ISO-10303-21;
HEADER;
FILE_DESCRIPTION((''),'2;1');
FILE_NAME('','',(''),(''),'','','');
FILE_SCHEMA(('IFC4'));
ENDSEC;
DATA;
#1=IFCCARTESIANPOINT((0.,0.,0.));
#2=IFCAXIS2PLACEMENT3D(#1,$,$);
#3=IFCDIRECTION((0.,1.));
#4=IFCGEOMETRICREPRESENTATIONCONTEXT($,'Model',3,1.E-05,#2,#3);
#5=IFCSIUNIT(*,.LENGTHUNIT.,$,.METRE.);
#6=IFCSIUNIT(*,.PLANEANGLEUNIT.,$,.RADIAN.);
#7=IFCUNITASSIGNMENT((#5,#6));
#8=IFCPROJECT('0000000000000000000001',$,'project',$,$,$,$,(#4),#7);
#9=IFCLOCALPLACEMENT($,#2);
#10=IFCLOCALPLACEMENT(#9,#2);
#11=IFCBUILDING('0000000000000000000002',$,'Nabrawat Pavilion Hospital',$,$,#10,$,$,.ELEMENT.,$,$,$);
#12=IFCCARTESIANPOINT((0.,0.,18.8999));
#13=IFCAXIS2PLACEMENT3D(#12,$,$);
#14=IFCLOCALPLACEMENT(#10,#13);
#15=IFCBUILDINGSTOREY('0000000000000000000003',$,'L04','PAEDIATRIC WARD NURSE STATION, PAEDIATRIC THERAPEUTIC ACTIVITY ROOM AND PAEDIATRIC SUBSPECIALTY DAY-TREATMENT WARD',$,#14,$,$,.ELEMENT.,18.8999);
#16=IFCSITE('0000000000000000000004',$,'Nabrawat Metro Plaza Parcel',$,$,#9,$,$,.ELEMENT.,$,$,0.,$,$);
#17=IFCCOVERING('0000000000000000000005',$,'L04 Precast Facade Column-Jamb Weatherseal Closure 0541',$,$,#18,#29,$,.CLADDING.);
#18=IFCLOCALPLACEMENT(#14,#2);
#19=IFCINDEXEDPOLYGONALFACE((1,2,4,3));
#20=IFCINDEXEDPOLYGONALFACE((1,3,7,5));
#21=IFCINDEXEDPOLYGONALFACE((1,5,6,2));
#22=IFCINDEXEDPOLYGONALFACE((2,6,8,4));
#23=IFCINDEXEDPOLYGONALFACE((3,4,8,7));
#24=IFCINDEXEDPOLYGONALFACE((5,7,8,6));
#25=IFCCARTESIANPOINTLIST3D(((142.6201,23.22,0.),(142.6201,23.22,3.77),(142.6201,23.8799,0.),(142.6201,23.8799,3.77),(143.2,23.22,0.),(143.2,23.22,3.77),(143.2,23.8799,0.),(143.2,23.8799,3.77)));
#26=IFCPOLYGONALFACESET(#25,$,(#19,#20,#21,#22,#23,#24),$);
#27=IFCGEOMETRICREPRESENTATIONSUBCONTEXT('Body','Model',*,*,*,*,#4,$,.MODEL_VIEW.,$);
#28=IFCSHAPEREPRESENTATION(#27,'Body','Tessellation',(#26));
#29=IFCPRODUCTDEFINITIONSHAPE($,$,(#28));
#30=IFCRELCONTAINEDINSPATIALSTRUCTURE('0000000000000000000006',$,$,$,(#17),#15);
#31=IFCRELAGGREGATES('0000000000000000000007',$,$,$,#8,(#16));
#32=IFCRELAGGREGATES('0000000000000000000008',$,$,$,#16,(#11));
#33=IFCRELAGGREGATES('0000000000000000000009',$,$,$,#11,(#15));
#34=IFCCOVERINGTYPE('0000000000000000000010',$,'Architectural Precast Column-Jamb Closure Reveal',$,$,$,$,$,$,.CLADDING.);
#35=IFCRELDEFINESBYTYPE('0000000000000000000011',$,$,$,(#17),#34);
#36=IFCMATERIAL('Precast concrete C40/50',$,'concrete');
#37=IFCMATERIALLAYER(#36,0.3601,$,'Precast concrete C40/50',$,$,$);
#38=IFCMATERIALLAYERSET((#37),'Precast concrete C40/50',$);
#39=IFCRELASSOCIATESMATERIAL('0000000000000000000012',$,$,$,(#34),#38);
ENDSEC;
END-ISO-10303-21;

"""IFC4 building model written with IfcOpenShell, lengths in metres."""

from ifc_helpers import new_model, si_unit, direction, frame, origin, place, context, subcontext, project, spatial, polyline, outline, extrude, material, layer, layer_set, type_object, element, save


model = new_model("IFC4")

# Units and contexts
model_context = context("Model", 3, precision=1e-05, world=origin(), true_north=direction((0.0, 1.0)))
body_context = subcontext(model_context, "Body", "Model", "MODEL_VIEW")
ifc_project = project(units=[si_unit("LENGTHUNIT", "METRE"), si_unit("PLANEANGLEUNIT", "RADIAN")], contexts=[model_context])

# Site, building, storey
site_placement = place(None, origin())
site = spatial("IfcSite", under=ifc_project, at=site_placement, Name="Nabrawat Metro Plaza Parcel", CompositionType="ELEMENT", RefElevation=0.0)
building_placement = place(site_placement, origin())
building = spatial("IfcBuilding", under=site, at=building_placement, Name="Nabrawat Pavilion Hospital", CompositionType="ELEMENT")
storey_placement = place(building_placement, frame((0.0, 0.0, 18.8999)))
storey = spatial("IfcBuildingStorey", under=building, at=storey_placement, Name="L04", Description="PAEDIATRIC WARD NURSE STATION, PAEDIATRIC THERAPEUTIC ACTIVITY ROOM AND PAEDIATRIC SUBSPECIALTY DAY-TREATMENT WARD", CompositionType="ELEMENT", Elevation=18.8999)

# Covering
ifc_material_1 = material(Name="Precast concrete C40/50", Category="concrete")
ifc_layer_1 = layer(ifc_material_1, 0.3601, Name="Precast concrete C40/50")
ifc_layer_set_1 = layer_set([ifc_layer_1], Name="Precast concrete C40/50")
covering_type = type_object("IfcCoveringType", Name="Architectural Precast Column-Jamb Closure Reveal", PredefinedType="CLADDING", material=ifc_layer_set_1)
covering_1_placement = place(storey_placement, origin())
element("IfcCovering", 1, at=covering_1_placement, inside=storey, type_object=covering_type, Name="L04 Precast Facade Column-Jamb Weatherseal Closure 0541", PredefinedType="CLADDING", context=body_context, shape_type="SweptSolid", body=[
    extrude(outline(polyline([(143.2, 23.22), (143.2, 23.8799), (142.6201, 23.8799), (142.6201, 23.22), (143.2, 23.22)])), origin(), (0.0, 0.0, 1.0), 3.77),
])

save(model, "model.ifc")
